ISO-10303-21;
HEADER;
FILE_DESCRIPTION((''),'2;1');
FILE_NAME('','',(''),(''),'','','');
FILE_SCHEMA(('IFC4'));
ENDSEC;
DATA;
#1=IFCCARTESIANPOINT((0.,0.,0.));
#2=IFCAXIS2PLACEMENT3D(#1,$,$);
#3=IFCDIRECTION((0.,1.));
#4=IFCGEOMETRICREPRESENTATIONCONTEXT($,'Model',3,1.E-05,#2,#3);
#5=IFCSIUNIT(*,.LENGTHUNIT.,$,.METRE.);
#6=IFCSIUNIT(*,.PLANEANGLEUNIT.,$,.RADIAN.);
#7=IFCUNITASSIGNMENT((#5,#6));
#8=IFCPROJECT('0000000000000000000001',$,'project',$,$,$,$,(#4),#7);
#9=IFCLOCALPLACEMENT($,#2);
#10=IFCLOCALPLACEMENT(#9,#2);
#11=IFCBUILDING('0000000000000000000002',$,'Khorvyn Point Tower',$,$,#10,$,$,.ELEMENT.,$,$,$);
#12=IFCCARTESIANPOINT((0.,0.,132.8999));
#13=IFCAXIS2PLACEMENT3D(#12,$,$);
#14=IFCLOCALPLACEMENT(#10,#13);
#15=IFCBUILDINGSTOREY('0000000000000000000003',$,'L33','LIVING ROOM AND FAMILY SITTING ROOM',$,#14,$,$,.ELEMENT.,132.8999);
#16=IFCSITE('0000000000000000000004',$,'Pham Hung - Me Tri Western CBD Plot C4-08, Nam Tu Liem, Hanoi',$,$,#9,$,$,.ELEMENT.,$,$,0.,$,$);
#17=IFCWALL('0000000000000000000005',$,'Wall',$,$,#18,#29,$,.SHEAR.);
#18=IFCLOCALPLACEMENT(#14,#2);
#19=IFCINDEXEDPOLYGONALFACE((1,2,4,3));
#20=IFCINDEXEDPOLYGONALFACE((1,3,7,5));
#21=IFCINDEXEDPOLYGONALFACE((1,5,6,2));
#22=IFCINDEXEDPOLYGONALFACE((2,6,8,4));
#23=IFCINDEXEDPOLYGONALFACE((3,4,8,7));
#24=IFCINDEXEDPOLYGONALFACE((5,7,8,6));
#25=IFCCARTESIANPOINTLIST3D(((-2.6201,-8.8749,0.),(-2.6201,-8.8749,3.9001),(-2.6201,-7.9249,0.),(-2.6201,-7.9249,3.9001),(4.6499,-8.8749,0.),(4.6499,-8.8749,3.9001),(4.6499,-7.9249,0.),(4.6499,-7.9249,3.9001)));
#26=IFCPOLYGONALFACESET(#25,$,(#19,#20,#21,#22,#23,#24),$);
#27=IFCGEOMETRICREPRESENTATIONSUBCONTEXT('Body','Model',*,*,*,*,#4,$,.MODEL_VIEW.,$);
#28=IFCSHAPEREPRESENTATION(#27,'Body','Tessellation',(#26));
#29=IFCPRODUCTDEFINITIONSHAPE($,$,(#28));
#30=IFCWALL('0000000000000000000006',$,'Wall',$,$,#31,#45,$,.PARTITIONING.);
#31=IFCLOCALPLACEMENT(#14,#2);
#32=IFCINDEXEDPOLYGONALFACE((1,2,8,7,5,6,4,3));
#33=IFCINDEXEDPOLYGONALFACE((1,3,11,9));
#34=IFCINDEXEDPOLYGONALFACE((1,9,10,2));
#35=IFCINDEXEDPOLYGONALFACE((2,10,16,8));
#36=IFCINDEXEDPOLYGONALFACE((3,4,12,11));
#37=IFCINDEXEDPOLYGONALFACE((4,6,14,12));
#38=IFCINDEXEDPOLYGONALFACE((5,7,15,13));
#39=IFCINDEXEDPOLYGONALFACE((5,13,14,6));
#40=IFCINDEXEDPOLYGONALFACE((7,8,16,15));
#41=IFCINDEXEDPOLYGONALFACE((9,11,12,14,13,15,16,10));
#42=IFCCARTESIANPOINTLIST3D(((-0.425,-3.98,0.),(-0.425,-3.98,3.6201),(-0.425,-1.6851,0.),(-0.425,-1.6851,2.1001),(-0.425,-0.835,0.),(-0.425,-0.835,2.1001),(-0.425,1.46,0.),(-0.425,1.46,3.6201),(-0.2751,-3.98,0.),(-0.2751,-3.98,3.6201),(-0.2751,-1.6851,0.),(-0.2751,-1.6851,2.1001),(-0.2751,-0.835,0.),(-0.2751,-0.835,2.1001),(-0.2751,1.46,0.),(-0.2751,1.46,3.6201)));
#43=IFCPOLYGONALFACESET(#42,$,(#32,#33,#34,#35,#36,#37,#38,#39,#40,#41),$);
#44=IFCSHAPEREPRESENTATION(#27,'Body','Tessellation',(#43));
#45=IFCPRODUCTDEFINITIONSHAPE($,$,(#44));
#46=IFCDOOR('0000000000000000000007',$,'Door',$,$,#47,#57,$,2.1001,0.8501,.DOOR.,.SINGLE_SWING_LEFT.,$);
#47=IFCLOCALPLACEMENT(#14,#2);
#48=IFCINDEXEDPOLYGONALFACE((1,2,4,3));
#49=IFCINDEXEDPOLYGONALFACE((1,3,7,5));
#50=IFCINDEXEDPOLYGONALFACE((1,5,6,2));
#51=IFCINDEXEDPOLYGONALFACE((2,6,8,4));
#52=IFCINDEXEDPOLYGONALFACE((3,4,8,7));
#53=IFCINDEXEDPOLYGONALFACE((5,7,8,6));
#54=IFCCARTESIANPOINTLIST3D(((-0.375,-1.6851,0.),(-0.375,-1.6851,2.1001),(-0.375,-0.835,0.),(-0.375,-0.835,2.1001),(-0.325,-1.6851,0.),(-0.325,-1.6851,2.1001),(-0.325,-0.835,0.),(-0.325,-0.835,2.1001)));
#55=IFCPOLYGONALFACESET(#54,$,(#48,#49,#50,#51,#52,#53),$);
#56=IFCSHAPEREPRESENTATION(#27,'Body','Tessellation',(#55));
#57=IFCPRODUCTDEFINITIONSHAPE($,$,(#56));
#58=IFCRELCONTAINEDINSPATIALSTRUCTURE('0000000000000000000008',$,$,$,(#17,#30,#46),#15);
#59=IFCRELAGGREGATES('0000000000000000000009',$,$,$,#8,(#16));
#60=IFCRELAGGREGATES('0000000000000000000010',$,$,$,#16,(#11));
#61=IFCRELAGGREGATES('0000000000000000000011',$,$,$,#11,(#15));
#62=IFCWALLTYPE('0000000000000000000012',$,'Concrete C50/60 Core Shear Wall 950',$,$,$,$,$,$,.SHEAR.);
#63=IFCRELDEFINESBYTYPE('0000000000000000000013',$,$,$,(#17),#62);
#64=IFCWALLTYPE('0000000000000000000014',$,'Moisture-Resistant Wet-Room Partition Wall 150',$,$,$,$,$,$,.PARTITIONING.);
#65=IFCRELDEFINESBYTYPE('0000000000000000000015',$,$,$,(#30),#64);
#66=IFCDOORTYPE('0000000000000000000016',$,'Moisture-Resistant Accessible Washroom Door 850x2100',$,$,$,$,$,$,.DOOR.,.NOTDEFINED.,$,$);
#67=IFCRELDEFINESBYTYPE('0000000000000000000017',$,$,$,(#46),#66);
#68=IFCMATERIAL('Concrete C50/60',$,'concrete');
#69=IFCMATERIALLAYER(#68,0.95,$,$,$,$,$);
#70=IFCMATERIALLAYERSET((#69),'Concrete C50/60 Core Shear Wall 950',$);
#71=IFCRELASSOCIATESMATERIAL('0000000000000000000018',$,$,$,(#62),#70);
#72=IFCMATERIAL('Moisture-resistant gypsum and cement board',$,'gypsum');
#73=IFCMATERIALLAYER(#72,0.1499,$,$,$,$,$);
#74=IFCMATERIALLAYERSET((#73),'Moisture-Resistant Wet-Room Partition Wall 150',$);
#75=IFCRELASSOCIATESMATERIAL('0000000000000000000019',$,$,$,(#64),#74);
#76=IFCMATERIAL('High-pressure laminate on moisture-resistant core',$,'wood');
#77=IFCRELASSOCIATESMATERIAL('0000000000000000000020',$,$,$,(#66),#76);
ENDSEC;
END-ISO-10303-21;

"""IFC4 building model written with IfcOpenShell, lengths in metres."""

from ifc_helpers import new_model, si_unit, direction, frame, frame_2d, origin, place, context, subcontext, project, spatial, rectangle, extrude, material, layer, layer_set, type_object, element, fill, save


model = new_model("IFC4")

# Units and contexts
model_context = context("Model", 3, precision=1e-05, world=origin(), true_north=direction((0.0, 1.0)))
body_context = subcontext(model_context, "Body", "Model", "MODEL_VIEW")
ifc_project = project(units=[si_unit("LENGTHUNIT", "METRE"), si_unit("PLANEANGLEUNIT", "RADIAN")], contexts=[model_context])

# Site, building, storey
site_placement = place(None, origin())
site = spatial("IfcSite", under=ifc_project, at=site_placement, Name="Pham Hung - Me Tri Western CBD Plot C4-08, Nam Tu Liem, Hanoi", CompositionType="ELEMENT", RefElevation=0.0)
building_placement = place(site_placement, origin())
building = spatial("IfcBuilding", under=site, at=building_placement, Name="Khorvyn Point Tower", CompositionType="ELEMENT")
storey_placement = place(building_placement, frame((0.0, 0.0, 132.8999)))
storey = spatial("IfcBuildingStorey", under=building, at=storey_placement, Name="L33", Description="LIVING ROOM AND FAMILY SITTING ROOM", CompositionType="ELEMENT", Elevation=132.8999)

# Shared definitions
ifc_material_1 = material(Name="Concrete C50/60", Category="concrete")

# Wall
ifc_layer_1 = layer(ifc_material_1, 0.95)
ifc_layer_set_1 = layer_set([ifc_layer_1], Name="Concrete C50/60 Core Shear Wall 950")
wall_type_1 = type_object("IfcWallType", Name="Concrete C50/60 Core Shear Wall 950", PredefinedType="SHEAR", material=ifc_layer_set_1)
wall_1_placement = place(storey_placement, frame((-2.6201, -8.3999, 0.0), z_axis=(0.0, 0.0, 1.0), x_axis=(1.0, 0.0, 0.0)))
element("IfcWall", 1, at=wall_1_placement, inside=storey, type_object=wall_type_1, Name="Wall", PredefinedType="SHEAR", context=body_context, shape_type="SweptSolid", body=[
    extrude(rectangle(XDim=7.27, YDim=0.95, at=frame_2d((3.635, 0.0))), origin(), (0.0, 0.0, 1.0), 3.9001),
])

# Wall, opening, door
ifc_material_2 = material(Name="Moisture-resistant gypsum and cement board", Category="gypsum")
ifc_layer_2 = layer(ifc_material_2, 0.1499)
ifc_layer_set_2 = layer_set([ifc_layer_2], Name="Moisture-Resistant Wet-Room Partition Wall 150")
wall_type_2 = type_object("IfcWallType", Name="Moisture-Resistant Wet-Room Partition Wall 150", PredefinedType="PARTITIONING", material=ifc_layer_set_2)
wall_2_placement = place(storey_placement, frame((-0.3501, -3.98, 0.0), z_axis=(0.0, 0.0, 1.0), x_axis=(0.0, 1.0, 0.0)))
wall_2 = element("IfcWall", 2, at=wall_2_placement, inside=storey, type_object=wall_type_2, Name="Wall", PredefinedType="PARTITIONING", context=body_context, shape_type="SweptSolid", body=[
    extrude(rectangle(XDim=5.4399, YDim=0.1499, at=frame_2d((2.72, 0.0))), origin(), (0.0, 0.0, 1.0), 3.6201),
])
opening_1_placement = place(wall_2_placement, frame((2.2949, 0.0, 0.0)))
opening_1 = element("IfcOpeningElement", 3, at=opening_1_placement, cuts=wall_2, PredefinedType="OPENING", context=body_context, shape_type="SweptSolid", body=[
    extrude(rectangle(XDim=0.8501, YDim=2.1001, at=frame_2d((0.425, 1.05))), frame((0.0, 0.085, 0.0), z_axis=(0.0, -1.0, 0.0), x_axis=(1.0, 0.0, 0.0)), (0.0, 0.0, 1.0), 0.1699),
])
ifc_material_3 = material(Name="High-pressure laminate on moisture-resistant core", Category="wood")
door_type_1 = type_object("IfcDoorType", Name="Moisture-Resistant Accessible Washroom Door 850x2100", OperationType="NOTDEFINED", PredefinedType="DOOR", material=ifc_material_3)
door_1_placement = place(opening_1_placement, origin())
door_1 = element("IfcDoor", 4, at=door_1_placement, inside=storey, type_object=door_type_1, Name="Door", OperationType="SINGLE_SWING_LEFT", OverallHeight=2.1001, OverallWidth=0.8501, PredefinedType="DOOR", context=body_context, shape_type="SweptSolid", body=[
    extrude(rectangle(XDim=0.8501, YDim=2.1001, at=frame_2d((0.425, 1.05))), frame((0.0, 0.0249, 0.0), z_axis=(0.0, -1.0, 0.0), x_axis=(1.0, 0.0, 0.0)), (0.0, 0.0, 1.0), 0.05),
])
fill(opening_1, door_1)

save(model, "model.ifc")
